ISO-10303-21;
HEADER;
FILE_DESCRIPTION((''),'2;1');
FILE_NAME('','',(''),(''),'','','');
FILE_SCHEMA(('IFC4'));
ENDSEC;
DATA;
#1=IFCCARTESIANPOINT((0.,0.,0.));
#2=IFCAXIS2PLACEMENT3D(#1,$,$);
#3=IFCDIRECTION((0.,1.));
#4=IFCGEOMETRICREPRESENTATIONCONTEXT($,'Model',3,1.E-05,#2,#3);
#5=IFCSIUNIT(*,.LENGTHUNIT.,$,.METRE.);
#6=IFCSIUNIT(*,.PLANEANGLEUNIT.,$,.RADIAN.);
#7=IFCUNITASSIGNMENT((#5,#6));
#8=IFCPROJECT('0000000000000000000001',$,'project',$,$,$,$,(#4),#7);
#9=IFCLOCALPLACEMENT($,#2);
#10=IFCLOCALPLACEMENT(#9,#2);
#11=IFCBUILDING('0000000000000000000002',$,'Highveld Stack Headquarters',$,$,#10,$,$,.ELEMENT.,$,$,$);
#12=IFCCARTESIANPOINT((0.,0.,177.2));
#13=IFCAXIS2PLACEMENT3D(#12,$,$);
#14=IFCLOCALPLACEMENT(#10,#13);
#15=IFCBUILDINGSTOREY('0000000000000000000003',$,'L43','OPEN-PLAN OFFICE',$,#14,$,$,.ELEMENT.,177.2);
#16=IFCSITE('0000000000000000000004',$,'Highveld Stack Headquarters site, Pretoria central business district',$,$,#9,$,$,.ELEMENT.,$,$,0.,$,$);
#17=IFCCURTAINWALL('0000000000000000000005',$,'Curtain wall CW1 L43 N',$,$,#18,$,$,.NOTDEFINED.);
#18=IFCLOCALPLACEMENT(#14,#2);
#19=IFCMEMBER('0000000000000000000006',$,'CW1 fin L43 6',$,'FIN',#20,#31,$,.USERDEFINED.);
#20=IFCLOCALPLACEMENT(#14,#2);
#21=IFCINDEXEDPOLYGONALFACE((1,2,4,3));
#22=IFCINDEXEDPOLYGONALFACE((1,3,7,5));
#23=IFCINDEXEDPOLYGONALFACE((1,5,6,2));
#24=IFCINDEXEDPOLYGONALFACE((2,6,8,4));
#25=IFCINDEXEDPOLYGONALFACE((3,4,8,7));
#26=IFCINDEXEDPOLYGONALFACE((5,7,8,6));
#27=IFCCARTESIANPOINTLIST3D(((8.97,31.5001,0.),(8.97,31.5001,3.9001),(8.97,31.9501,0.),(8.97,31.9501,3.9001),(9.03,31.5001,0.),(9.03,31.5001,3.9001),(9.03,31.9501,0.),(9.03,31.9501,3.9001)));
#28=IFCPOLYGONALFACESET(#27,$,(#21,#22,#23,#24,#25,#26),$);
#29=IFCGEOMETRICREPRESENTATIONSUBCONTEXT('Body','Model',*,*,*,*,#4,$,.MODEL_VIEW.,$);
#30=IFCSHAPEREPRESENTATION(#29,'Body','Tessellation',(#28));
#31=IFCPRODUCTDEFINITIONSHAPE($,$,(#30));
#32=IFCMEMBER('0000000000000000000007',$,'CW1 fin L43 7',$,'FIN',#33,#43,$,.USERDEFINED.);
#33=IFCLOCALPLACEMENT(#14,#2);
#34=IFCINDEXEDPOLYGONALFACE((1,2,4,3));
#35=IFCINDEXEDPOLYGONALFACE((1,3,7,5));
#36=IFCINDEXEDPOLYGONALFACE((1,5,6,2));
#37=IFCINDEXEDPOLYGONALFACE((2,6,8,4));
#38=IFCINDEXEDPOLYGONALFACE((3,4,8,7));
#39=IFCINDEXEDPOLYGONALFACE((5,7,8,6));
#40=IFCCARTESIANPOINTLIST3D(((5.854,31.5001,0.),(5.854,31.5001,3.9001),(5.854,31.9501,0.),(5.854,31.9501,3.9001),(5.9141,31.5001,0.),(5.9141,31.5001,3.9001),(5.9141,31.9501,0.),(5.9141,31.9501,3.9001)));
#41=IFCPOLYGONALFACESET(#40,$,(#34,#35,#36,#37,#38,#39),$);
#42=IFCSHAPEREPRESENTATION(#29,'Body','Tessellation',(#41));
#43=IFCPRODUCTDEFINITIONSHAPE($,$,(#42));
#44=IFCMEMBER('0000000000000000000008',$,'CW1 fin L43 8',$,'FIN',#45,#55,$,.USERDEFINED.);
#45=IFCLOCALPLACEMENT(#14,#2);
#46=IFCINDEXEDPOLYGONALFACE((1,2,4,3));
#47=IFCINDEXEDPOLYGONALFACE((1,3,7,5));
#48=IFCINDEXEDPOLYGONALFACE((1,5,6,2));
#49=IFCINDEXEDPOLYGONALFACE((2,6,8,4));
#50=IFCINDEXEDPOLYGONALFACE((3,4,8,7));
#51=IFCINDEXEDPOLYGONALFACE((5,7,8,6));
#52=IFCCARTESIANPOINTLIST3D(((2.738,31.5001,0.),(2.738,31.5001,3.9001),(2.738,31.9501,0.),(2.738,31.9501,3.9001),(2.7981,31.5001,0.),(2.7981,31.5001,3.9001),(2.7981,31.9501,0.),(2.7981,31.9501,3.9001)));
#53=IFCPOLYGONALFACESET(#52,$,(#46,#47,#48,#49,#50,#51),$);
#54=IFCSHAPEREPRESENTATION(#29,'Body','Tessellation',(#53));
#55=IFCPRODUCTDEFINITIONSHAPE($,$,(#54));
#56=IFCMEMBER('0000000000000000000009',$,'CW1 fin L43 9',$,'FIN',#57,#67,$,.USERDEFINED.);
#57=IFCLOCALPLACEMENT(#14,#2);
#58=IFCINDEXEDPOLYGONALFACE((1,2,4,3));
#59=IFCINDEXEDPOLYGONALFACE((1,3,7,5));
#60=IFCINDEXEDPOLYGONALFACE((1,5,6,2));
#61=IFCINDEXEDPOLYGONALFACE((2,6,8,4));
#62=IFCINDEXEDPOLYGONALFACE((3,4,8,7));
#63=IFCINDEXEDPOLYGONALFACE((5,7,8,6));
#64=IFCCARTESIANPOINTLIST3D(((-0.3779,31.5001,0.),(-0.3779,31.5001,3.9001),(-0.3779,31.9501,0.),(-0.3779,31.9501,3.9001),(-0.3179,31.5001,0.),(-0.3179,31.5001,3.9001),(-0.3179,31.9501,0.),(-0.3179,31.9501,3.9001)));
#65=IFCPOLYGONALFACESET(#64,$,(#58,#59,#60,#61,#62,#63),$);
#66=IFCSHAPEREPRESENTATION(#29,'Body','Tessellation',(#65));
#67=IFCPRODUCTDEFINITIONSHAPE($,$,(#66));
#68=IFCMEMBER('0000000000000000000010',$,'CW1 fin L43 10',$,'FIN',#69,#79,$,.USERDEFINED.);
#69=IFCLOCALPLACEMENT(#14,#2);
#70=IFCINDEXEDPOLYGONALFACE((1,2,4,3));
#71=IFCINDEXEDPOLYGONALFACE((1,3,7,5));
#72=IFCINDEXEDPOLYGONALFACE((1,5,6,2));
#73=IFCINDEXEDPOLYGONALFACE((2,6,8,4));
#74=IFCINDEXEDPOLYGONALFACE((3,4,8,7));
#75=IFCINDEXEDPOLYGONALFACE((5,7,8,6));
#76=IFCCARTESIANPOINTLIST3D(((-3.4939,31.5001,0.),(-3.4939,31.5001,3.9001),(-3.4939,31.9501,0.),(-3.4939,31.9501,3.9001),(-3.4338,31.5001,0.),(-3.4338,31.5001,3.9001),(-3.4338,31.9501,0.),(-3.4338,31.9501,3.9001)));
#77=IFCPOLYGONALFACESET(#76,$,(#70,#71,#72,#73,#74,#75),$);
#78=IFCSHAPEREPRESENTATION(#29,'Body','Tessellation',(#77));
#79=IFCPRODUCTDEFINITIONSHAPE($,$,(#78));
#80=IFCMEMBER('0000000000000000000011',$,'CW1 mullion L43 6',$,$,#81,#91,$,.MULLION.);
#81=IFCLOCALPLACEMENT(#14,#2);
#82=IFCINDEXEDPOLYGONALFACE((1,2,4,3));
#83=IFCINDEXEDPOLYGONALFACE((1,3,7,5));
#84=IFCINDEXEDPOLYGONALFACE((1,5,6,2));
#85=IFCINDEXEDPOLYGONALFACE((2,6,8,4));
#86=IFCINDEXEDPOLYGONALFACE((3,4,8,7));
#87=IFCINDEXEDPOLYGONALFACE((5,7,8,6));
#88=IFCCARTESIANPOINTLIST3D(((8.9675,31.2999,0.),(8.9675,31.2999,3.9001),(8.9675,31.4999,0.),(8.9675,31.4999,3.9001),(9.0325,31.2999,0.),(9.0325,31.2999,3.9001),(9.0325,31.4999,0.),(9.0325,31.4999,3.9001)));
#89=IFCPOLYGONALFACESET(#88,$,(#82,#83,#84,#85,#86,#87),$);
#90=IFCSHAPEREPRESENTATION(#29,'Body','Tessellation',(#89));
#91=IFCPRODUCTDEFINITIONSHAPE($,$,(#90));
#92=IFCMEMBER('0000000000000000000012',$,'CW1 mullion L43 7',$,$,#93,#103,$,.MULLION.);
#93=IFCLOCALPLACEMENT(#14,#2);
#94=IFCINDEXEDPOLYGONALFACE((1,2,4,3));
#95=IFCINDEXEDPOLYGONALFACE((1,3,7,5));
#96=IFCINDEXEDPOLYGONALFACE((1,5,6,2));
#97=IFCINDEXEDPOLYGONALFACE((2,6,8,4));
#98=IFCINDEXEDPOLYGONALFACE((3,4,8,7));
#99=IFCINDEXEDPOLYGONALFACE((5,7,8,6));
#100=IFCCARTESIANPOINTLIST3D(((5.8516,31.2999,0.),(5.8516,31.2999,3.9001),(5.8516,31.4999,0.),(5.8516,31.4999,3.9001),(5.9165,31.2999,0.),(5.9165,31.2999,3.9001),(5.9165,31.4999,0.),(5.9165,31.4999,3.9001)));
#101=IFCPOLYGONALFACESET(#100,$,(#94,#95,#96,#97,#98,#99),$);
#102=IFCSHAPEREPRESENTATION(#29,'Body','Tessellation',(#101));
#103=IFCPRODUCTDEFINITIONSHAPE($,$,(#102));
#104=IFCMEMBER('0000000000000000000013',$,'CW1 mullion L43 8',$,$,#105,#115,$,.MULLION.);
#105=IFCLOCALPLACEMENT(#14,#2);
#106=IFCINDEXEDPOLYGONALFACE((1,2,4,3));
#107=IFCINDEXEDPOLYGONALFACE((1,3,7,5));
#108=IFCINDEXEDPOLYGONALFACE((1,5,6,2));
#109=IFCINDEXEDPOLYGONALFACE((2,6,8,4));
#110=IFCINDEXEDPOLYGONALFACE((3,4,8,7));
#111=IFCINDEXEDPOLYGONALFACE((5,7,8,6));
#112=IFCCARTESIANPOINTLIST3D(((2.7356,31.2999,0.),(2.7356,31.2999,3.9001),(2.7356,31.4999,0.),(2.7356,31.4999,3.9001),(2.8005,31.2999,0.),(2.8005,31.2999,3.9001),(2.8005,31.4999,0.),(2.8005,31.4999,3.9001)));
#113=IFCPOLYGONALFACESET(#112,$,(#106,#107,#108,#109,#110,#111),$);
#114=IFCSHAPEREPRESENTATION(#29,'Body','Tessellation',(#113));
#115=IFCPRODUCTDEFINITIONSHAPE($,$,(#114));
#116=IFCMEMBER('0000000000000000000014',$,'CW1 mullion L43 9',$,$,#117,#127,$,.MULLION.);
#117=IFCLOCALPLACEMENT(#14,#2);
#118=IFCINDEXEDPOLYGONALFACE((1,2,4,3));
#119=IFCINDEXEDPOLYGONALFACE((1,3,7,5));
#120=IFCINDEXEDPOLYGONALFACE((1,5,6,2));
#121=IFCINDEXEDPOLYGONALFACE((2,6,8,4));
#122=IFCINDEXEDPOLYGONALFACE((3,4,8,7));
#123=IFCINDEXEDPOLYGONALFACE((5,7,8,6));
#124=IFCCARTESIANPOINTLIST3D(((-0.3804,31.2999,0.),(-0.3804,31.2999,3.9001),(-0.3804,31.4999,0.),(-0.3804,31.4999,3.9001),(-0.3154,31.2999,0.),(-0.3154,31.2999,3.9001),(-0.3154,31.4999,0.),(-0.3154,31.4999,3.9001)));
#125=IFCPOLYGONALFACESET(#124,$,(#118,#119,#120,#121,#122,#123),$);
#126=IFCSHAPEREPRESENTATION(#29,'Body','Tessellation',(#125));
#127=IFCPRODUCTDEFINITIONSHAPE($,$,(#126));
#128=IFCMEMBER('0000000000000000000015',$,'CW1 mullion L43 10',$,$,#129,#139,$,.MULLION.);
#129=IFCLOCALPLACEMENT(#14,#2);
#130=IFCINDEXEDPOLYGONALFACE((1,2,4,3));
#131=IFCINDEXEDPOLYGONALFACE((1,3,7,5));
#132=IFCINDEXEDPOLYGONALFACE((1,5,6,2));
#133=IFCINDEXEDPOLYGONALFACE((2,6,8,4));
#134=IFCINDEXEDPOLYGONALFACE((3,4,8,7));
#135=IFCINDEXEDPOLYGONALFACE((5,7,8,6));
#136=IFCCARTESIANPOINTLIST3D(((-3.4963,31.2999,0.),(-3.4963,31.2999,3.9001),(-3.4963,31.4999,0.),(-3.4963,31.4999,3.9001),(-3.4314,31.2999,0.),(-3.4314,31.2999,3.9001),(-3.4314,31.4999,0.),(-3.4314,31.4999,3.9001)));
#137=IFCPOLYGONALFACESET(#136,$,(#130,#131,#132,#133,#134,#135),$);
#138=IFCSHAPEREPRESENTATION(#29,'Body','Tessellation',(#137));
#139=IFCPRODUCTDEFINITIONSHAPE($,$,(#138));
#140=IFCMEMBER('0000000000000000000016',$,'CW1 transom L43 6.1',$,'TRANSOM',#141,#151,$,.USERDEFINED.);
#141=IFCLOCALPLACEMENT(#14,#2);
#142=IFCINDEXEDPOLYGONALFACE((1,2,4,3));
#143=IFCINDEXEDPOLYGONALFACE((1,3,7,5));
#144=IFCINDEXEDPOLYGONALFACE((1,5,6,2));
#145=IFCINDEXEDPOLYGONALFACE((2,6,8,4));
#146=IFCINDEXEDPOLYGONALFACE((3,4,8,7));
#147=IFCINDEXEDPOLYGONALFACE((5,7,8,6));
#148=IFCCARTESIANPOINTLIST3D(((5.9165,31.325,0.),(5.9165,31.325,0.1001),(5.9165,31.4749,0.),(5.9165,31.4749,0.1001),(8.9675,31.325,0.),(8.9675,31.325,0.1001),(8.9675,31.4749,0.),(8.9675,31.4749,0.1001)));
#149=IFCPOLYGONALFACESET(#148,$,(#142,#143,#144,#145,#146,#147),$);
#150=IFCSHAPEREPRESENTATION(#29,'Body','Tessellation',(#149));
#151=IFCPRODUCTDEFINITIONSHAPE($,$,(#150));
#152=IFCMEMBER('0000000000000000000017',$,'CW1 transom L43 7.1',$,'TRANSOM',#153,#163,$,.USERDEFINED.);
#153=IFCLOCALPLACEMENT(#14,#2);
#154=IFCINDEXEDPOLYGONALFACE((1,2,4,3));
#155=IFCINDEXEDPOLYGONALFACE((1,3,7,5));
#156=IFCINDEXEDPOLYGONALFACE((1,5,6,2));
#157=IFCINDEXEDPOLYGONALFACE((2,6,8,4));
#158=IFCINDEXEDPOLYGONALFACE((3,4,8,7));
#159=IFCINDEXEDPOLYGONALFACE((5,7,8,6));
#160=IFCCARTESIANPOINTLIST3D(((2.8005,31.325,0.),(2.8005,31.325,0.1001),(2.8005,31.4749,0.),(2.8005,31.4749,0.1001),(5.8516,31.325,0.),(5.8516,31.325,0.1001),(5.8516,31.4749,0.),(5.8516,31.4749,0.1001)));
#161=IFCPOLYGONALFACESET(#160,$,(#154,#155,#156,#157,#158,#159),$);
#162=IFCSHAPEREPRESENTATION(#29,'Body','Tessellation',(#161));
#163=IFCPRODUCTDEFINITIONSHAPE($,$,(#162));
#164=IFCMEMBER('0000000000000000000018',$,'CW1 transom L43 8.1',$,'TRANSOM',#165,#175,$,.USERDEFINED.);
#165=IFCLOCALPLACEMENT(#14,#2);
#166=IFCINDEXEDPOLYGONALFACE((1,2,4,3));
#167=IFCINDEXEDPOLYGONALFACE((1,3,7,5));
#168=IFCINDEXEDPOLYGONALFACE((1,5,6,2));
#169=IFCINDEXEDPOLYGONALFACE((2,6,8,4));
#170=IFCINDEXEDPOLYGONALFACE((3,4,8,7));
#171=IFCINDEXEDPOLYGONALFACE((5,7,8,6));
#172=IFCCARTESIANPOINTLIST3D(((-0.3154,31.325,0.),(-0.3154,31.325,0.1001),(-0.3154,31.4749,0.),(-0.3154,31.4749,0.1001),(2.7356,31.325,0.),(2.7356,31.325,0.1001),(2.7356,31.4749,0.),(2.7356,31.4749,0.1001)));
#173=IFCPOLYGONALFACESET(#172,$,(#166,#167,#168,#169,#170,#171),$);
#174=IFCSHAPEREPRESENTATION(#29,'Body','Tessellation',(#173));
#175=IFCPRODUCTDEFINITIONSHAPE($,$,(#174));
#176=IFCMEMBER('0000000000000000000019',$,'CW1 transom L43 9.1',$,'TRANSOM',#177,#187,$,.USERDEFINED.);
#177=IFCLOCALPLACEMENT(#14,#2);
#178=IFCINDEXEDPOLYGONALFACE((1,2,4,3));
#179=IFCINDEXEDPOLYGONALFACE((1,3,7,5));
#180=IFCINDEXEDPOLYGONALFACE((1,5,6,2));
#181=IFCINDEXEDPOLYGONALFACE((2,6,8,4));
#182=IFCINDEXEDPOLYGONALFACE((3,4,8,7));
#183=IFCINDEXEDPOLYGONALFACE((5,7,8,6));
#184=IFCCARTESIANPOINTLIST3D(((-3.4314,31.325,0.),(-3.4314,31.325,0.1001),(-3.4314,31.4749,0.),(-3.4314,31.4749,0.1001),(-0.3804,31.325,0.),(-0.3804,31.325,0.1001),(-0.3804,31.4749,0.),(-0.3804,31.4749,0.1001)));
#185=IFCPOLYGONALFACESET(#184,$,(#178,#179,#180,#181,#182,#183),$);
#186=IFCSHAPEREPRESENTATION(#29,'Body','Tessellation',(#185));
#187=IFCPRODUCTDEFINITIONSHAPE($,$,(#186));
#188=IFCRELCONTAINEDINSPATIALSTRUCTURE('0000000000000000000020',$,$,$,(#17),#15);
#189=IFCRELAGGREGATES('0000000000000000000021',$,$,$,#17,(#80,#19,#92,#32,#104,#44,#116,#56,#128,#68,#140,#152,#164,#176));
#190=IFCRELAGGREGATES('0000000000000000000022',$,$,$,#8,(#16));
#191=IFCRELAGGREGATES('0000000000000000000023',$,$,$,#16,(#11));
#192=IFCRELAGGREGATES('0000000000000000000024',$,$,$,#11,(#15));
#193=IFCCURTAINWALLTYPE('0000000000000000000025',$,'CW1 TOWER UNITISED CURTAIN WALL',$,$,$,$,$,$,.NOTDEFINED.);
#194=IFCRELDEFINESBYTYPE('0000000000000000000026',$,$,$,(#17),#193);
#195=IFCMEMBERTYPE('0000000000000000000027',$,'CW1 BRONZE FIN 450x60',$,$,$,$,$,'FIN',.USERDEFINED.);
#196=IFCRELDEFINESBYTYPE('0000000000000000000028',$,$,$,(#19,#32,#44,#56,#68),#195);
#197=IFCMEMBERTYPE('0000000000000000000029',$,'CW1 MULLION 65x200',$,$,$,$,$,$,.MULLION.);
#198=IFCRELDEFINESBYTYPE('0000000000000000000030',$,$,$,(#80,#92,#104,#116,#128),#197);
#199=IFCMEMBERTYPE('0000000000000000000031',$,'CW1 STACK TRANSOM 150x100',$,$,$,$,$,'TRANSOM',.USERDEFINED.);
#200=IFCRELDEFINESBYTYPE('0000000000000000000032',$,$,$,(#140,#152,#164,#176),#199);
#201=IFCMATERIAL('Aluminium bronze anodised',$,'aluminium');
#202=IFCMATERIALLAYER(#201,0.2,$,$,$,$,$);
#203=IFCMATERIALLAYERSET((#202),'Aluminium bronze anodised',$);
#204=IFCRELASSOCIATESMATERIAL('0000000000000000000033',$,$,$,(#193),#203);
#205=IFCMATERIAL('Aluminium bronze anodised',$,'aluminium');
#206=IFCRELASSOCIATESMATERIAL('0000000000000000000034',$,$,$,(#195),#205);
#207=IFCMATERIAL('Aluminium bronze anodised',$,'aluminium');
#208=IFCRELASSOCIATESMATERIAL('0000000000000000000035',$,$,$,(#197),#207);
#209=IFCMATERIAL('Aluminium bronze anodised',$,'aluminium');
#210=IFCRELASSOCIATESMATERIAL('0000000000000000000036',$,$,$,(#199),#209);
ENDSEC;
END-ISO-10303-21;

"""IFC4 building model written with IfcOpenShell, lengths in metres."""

from ifc_helpers import new_model, si_unit, direction, frame, origin, origin_2d, place, context, subcontext, project, spatial, rectangle, extrude, material, layer, layer_set, material_profile, profile_set, type_object, element, aggregate, save


model = new_model("IFC4")

# Units and contexts
model_context = context("Model", 3, precision=1e-05, world=origin(), true_north=direction((0.0, 1.0)))
body_context = subcontext(model_context, "Body", "Model", "MODEL_VIEW")
ifc_project = project(units=[si_unit("LENGTHUNIT", "METRE"), si_unit("PLANEANGLEUNIT", "RADIAN")], contexts=[model_context])

# Site, building, storey
site_placement = place(None, origin())
site = spatial("IfcSite", under=ifc_project, at=site_placement, Name="Highveld Stack Headquarters site, Pretoria central business district", CompositionType="ELEMENT", RefElevation=0.0)
building_placement = place(site_placement, origin())
building = spatial("IfcBuilding", under=site, at=building_placement, Name="Highveld Stack Headquarters", CompositionType="ELEMENT")
storey_placement = place(building_placement, frame((0.0, 0.0, 177.2)))
storey = spatial("IfcBuildingStorey", under=building, at=storey_placement, Name="L43", Description="OPEN-PLAN OFFICE", CompositionType="ELEMENT", Elevation=177.2)

# Curtain wall, members
ifc_material_1 = material(Name="Aluminium bronze anodised", Category="aluminium")
ifc_layer_1 = layer(ifc_material_1, 0.2)
ifc_layer_set_1 = layer_set([ifc_layer_1], Name="Aluminium bronze anodised")
curtain_wall_type = type_object("IfcCurtainWallType", Name="CW1 TOWER UNITISED CURTAIN WALL", PredefinedType="NOTDEFINED", material=ifc_layer_set_1)
curtain_wall_placement = place(storey_placement, origin())
curtain_wall = element("IfcCurtainWall", 1, at=curtain_wall_placement, inside=storey, type_object=curtain_wall_type, Name="Curtain wall CW1 L43 N", PredefinedType="NOTDEFINED")
ifc_material_2 = material(Name="Aluminium bronze anodised", Category="aluminium")
ifc_material_profile_1 = material_profile(ifc_material_2, rectangle(XDim=0.45, YDim=0.0601, at=origin_2d()), Name="FIN 450x60")
ifc_profile_set_1 = profile_set([ifc_material_profile_1], Name="Aluminium bronze anodised")
member_type_1 = type_object("IfcMemberType", Name="CW1 BRONZE FIN 450x60", ElementType="FIN", PredefinedType="USERDEFINED", material=ifc_profile_set_1)
member_1_placement = place(storey_placement, frame((9.0, 31.7251, 0.0), z_axis=(0.0, 0.0, 1.0), x_axis=(0.0, -1.0, 0.0)))
member_1 = element("IfcMember", 2, at=member_1_placement, type_object=member_type_1, Name="CW1 fin L43 6", ObjectType="FIN", PredefinedType="USERDEFINED", context=body_context, shape_type="SweptSolid", body=[
    extrude(rectangle(XDim=0.45, YDim=0.0601, at=origin_2d()), origin(), (0.0, 0.0, 1.0), 3.9001),
])
member_2_placement = place(storey_placement, frame((5.884, 31.7251, 0.0), z_axis=(0.0, 0.0, 1.0), x_axis=(0.0, -1.0, 0.0)))
member_2 = element("IfcMember", 3, at=member_2_placement, type_object=member_type_1, Name="CW1 fin L43 7", ObjectType="FIN", PredefinedType="USERDEFINED", context=body_context, shape_type="SweptSolid", body=[
    extrude(rectangle(XDim=0.45, YDim=0.0601, at=origin_2d()), origin(), (0.0, 0.0, 1.0), 3.9001),
])
member_3_placement = place(storey_placement, frame((2.7681, 31.7251, 0.0), z_axis=(0.0, 0.0, 1.0), x_axis=(0.0, -1.0, 0.0)))
member_3 = element("IfcMember", 4, at=member_3_placement, type_object=member_type_1, Name="CW1 fin L43 8", ObjectType="FIN", PredefinedType="USERDEFINED", context=body_context, shape_type="SweptSolid", body=[
    extrude(rectangle(XDim=0.45, YDim=0.0601, at=origin_2d()), origin(), (0.0, 0.0, 1.0), 3.9001),
])
member_4_placement = place(storey_placement, frame((-0.3479, 31.7251, 0.0), z_axis=(0.0, 0.0, 1.0), x_axis=(0.0, -1.0, 0.0)))
member_4 = element("IfcMember", 5, at=member_4_placement, type_object=member_type_1, Name="CW1 fin L43 9", ObjectType="FIN", PredefinedType="USERDEFINED", context=body_context, shape_type="SweptSolid", body=[
    extrude(rectangle(XDim=0.45, YDim=0.0601, at=origin_2d()), origin(), (0.0, 0.0, 1.0), 3.9001),
])
member_5_placement = place(storey_placement, frame((-3.4639, 31.7251, 0.0), z_axis=(0.0, 0.0, 1.0), x_axis=(0.0, -1.0, 0.0)))
member_5 = element("IfcMember", 6, at=member_5_placement, type_object=member_type_1, Name="CW1 fin L43 10", ObjectType="FIN", PredefinedType="USERDEFINED", context=body_context, shape_type="SweptSolid", body=[
    extrude(rectangle(XDim=0.45, YDim=0.0601, at=origin_2d()), origin(), (0.0, 0.0, 1.0), 3.9001),
])
ifc_material_3 = material(Name="Aluminium bronze anodised", Category="aluminium")
ifc_material_profile_2 = material_profile(ifc_material_3, rectangle(XDim=0.2, YDim=0.0649, at=origin_2d()), Name="CW1 MULLION 65x200")
ifc_profile_set_2 = profile_set([ifc_material_profile_2], Name="Aluminium bronze anodised")
member_type_2 = type_object("IfcMemberType", Name="CW1 MULLION 65x200", PredefinedType="MULLION", material=ifc_profile_set_2)
member_6_placement = place(storey_placement, frame((9.0, 31.3999, 0.0), z_axis=(0.0, 0.0, 1.0), x_axis=(0.0, -1.0, 0.0)))
member_6 = element("IfcMember", 7, at=member_6_placement, type_object=member_type_2, Name="CW1 mullion L43 6", PredefinedType="MULLION", context=body_context, shape_type="SweptSolid", body=[
    extrude(rectangle(XDim=0.2, YDim=0.0649, at=origin_2d()), origin(), (0.0, 0.0, 1.0), 3.9001),
])
member_7_placement = place(storey_placement, frame((5.884, 31.3999, 0.0), z_axis=(0.0, 0.0, 1.0), x_axis=(0.0, -1.0, 0.0)))
member_7 = element("IfcMember", 8, at=member_7_placement, type_object=member_type_2, Name="CW1 mullion L43 7", PredefinedType="MULLION", context=body_context, shape_type="SweptSolid", body=[
    extrude(rectangle(XDim=0.2, YDim=0.0649, at=origin_2d()), origin(), (0.0, 0.0, 1.0), 3.9001),
])
member_8_placement = place(storey_placement, frame((2.7681, 31.3999, 0.0), z_axis=(0.0, 0.0, 1.0), x_axis=(0.0, -1.0, 0.0)))
member_8 = element("IfcMember", 9, at=member_8_placement, type_object=member_type_2, Name="CW1 mullion L43 8", PredefinedType="MULLION", context=body_context, shape_type="SweptSolid", body=[
    extrude(rectangle(XDim=0.2, YDim=0.0649, at=origin_2d()), origin(), (0.0, 0.0, 1.0), 3.9001),
])
member_9_placement = place(storey_placement, frame((-0.3479, 31.3999, 0.0), z_axis=(0.0, 0.0, 1.0), x_axis=(0.0, -1.0, 0.0)))
member_9 = element("IfcMember", 10, at=member_9_placement, type_object=member_type_2, Name="CW1 mullion L43 9", PredefinedType="MULLION", context=body_context, shape_type="SweptSolid", body=[
    extrude(rectangle(XDim=0.2, YDim=0.0649, at=origin_2d()), origin(), (0.0, 0.0, 1.0), 3.9001),
])
member_10_placement = place(storey_placement, frame((-3.4639, 31.3999, 0.0), z_axis=(0.0, 0.0, 1.0), x_axis=(0.0, -1.0, 0.0)))
member_10 = element("IfcMember", 11, at=member_10_placement, type_object=member_type_2, Name="CW1 mullion L43 10", PredefinedType="MULLION", context=body_context, shape_type="SweptSolid", body=[
    extrude(rectangle(XDim=0.2, YDim=0.0649, at=origin_2d()), origin(), (0.0, 0.0, 1.0), 3.9001),
])
ifc_material_4 = material(Name="Aluminium bronze anodised", Category="aluminium")
ifc_material_profile_3 = material_profile(ifc_material_4, rectangle(XDim=0.1499, YDim=0.1001, at=origin_2d()), Name="CW1 TRANSOM 150x100")
ifc_profile_set_3 = profile_set([ifc_material_profile_3], Name="Aluminium bronze anodised")
member_type_3 = type_object("IfcMemberType", Name="CW1 STACK TRANSOM 150x100", ElementType="TRANSOM", PredefinedType="USERDEFINED", material=ifc_profile_set_3)
member_11_placement = place(storey_placement, frame((8.9675, 31.3999, 0.05), z_axis=(-1.0, 0.0, 0.0), x_axis=(0.0, -1.0, 0.0)))
member_11 = element("IfcMember", 12, at=member_11_placement, type_object=member_type_3, Name="CW1 transom L43 6.1", ObjectType="TRANSOM", PredefinedType="USERDEFINED", context=body_context, shape_type="SweptSolid", body=[
    extrude(rectangle(XDim=0.1499, YDim=0.1001, at=origin_2d()), origin(), (0.0, 0.0, 1.0), 3.051),
])
member_12_placement = place(storey_placement, frame((5.8516, 31.3999, 0.05), z_axis=(-1.0, 0.0, 0.0), x_axis=(0.0, -1.0, 0.0)))
member_12 = element("IfcMember", 13, at=member_12_placement, type_object=member_type_3, Name="CW1 transom L43 7.1", ObjectType="TRANSOM", PredefinedType="USERDEFINED", context=body_context, shape_type="SweptSolid", body=[
    extrude(rectangle(XDim=0.1499, YDim=0.1001, at=origin_2d()), origin(), (0.0, 0.0, 1.0), 3.051),
])
member_13_placement = place(storey_placement, frame((2.7356, 31.3999, 0.05), z_axis=(-1.0, 0.0, 0.0), x_axis=(0.0, -1.0, 0.0)))
member_13 = element("IfcMember", 14, at=member_13_placement, type_object=member_type_3, Name="CW1 transom L43 8.1", ObjectType="TRANSOM", PredefinedType="USERDEFINED", context=body_context, shape_type="SweptSolid", body=[
    extrude(rectangle(XDim=0.1499, YDim=0.1001, at=origin_2d()), origin(), (0.0, 0.0, 1.0), 3.051),
])
member_14_placement = place(storey_placement, frame((-0.3804, 31.3999, 0.05), z_axis=(-1.0, 0.0, 0.0), x_axis=(0.0, -1.0, 0.0)))
member_14 = element("IfcMember", 15, at=member_14_placement, type_object=member_type_3, Name="CW1 transom L43 9.1", ObjectType="TRANSOM", PredefinedType="USERDEFINED", context=body_context, shape_type="SweptSolid", body=[
    extrude(rectangle(XDim=0.1499, YDim=0.1001, at=origin_2d()), origin(), (0.0, 0.0, 1.0), 3.051),
])
aggregate(curtain_wall, [member_6, member_1, member_7, member_2, member_8, member_3, member_9, member_4, member_10, member_5, member_11, member_12, member_13, member_14])

save(model, "model.ifc")
